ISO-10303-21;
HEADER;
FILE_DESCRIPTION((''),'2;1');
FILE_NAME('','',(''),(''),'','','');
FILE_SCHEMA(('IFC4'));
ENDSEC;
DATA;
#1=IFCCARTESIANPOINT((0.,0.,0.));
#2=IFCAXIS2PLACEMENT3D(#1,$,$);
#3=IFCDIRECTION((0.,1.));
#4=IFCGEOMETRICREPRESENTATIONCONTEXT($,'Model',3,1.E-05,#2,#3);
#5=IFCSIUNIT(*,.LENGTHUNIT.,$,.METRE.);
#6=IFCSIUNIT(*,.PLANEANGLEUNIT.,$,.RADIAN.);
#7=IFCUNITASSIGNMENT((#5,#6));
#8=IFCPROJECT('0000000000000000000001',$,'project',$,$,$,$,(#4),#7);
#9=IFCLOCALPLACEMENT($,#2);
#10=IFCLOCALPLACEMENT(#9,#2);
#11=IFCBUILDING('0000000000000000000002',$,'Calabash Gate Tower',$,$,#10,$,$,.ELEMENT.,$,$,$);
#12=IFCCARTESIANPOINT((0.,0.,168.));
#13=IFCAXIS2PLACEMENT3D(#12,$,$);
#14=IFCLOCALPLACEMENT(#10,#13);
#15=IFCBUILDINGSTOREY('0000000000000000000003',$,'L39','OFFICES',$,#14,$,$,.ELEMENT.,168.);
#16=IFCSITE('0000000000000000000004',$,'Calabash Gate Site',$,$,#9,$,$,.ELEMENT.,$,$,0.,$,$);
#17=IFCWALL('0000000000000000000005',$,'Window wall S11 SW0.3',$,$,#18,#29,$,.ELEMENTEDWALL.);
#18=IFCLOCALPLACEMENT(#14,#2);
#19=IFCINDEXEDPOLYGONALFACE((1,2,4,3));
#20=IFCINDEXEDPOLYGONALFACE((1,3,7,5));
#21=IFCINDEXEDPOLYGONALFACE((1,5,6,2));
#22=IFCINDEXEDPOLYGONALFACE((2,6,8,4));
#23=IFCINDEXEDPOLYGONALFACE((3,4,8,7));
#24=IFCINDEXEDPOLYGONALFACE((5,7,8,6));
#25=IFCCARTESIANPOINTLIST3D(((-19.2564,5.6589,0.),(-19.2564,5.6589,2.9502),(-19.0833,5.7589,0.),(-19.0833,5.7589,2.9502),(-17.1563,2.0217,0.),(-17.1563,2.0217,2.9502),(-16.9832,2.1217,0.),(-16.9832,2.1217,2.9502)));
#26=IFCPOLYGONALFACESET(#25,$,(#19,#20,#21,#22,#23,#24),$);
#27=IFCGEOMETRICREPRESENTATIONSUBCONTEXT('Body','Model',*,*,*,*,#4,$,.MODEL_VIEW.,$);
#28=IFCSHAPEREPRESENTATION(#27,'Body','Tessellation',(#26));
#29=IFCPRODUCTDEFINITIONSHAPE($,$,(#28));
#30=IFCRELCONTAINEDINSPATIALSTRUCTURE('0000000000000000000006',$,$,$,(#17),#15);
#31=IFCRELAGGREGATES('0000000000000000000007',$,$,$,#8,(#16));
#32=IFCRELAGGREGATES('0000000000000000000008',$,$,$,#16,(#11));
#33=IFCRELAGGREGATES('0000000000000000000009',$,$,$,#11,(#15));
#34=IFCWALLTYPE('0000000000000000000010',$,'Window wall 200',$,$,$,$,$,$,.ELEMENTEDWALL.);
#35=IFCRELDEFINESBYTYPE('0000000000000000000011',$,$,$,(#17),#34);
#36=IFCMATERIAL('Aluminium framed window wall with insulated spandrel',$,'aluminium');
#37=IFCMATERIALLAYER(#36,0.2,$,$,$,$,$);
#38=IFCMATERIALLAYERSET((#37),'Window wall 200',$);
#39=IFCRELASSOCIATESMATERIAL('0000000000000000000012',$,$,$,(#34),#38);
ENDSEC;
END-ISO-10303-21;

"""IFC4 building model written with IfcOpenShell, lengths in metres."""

from ifc_helpers import new_model, si_unit, direction, frame, frame_2d, origin, place, context, subcontext, project, spatial, rectangle, extrude, material, layer, layer_set, type_object, element, save


model = new_model("IFC4")

# Units and contexts
model_context = context("Model", 3, precision=1e-05, world=origin(), true_north=direction((0.0, 1.0)))
body_context = subcontext(model_context, "Body", "Model", "MODEL_VIEW")
ifc_project = project(units=[si_unit("LENGTHUNIT", "METRE"), si_unit("PLANEANGLEUNIT", "RADIAN")], contexts=[model_context])

# Site, building, storey
site_placement = place(None, origin())
site = spatial("IfcSite", under=ifc_project, at=site_placement, Name="Calabash Gate Site", CompositionType="ELEMENT", RefElevation=0.0)
building_placement = place(site_placement, origin())
building = spatial("IfcBuilding", under=site, at=building_placement, Name="Calabash Gate Tower", CompositionType="ELEMENT")
storey_placement = place(building_placement, frame((0.0, 0.0, 168.0)))
storey = spatial("IfcBuildingStorey", under=building, at=storey_placement, Name="L39", Description="OFFICES", CompositionType="ELEMENT", Elevation=168.0)

# Wall
ifc_material_1 = material(Name="Aluminium framed window wall with insulated spandrel", Category="aluminium")
ifc_layer_1 = layer(ifc_material_1, 0.2)
ifc_layer_set_1 = layer_set([ifc_layer_1], Name="Window wall 200")
wall_type_1 = type_object("IfcWallType", Name="Window wall 200", PredefinedType="ELEMENTEDWALL", material=ifc_layer_set_1)
wall_1_placement = place(storey_placement, frame((-19.1699, 5.709, 0.0), z_axis=(0.0, 0.0, 1.0), x_axis=(0.500028, -0.866009, 0.0)))
element("IfcWall", 1, at=wall_1_placement, inside=storey, type_object=wall_type_1, Name="Window wall S11 SW0.3", PredefinedType="ELEMENTEDWALL", context=body_context, shape_type="SweptSolid", body=[
    extrude(rectangle(XDim=4.2, YDim=0.2, at=frame_2d((2.1001, 0.0))), origin(), (0.0, 0.0, 1.0), 2.9502),
])

save(model, "model.ifc")
